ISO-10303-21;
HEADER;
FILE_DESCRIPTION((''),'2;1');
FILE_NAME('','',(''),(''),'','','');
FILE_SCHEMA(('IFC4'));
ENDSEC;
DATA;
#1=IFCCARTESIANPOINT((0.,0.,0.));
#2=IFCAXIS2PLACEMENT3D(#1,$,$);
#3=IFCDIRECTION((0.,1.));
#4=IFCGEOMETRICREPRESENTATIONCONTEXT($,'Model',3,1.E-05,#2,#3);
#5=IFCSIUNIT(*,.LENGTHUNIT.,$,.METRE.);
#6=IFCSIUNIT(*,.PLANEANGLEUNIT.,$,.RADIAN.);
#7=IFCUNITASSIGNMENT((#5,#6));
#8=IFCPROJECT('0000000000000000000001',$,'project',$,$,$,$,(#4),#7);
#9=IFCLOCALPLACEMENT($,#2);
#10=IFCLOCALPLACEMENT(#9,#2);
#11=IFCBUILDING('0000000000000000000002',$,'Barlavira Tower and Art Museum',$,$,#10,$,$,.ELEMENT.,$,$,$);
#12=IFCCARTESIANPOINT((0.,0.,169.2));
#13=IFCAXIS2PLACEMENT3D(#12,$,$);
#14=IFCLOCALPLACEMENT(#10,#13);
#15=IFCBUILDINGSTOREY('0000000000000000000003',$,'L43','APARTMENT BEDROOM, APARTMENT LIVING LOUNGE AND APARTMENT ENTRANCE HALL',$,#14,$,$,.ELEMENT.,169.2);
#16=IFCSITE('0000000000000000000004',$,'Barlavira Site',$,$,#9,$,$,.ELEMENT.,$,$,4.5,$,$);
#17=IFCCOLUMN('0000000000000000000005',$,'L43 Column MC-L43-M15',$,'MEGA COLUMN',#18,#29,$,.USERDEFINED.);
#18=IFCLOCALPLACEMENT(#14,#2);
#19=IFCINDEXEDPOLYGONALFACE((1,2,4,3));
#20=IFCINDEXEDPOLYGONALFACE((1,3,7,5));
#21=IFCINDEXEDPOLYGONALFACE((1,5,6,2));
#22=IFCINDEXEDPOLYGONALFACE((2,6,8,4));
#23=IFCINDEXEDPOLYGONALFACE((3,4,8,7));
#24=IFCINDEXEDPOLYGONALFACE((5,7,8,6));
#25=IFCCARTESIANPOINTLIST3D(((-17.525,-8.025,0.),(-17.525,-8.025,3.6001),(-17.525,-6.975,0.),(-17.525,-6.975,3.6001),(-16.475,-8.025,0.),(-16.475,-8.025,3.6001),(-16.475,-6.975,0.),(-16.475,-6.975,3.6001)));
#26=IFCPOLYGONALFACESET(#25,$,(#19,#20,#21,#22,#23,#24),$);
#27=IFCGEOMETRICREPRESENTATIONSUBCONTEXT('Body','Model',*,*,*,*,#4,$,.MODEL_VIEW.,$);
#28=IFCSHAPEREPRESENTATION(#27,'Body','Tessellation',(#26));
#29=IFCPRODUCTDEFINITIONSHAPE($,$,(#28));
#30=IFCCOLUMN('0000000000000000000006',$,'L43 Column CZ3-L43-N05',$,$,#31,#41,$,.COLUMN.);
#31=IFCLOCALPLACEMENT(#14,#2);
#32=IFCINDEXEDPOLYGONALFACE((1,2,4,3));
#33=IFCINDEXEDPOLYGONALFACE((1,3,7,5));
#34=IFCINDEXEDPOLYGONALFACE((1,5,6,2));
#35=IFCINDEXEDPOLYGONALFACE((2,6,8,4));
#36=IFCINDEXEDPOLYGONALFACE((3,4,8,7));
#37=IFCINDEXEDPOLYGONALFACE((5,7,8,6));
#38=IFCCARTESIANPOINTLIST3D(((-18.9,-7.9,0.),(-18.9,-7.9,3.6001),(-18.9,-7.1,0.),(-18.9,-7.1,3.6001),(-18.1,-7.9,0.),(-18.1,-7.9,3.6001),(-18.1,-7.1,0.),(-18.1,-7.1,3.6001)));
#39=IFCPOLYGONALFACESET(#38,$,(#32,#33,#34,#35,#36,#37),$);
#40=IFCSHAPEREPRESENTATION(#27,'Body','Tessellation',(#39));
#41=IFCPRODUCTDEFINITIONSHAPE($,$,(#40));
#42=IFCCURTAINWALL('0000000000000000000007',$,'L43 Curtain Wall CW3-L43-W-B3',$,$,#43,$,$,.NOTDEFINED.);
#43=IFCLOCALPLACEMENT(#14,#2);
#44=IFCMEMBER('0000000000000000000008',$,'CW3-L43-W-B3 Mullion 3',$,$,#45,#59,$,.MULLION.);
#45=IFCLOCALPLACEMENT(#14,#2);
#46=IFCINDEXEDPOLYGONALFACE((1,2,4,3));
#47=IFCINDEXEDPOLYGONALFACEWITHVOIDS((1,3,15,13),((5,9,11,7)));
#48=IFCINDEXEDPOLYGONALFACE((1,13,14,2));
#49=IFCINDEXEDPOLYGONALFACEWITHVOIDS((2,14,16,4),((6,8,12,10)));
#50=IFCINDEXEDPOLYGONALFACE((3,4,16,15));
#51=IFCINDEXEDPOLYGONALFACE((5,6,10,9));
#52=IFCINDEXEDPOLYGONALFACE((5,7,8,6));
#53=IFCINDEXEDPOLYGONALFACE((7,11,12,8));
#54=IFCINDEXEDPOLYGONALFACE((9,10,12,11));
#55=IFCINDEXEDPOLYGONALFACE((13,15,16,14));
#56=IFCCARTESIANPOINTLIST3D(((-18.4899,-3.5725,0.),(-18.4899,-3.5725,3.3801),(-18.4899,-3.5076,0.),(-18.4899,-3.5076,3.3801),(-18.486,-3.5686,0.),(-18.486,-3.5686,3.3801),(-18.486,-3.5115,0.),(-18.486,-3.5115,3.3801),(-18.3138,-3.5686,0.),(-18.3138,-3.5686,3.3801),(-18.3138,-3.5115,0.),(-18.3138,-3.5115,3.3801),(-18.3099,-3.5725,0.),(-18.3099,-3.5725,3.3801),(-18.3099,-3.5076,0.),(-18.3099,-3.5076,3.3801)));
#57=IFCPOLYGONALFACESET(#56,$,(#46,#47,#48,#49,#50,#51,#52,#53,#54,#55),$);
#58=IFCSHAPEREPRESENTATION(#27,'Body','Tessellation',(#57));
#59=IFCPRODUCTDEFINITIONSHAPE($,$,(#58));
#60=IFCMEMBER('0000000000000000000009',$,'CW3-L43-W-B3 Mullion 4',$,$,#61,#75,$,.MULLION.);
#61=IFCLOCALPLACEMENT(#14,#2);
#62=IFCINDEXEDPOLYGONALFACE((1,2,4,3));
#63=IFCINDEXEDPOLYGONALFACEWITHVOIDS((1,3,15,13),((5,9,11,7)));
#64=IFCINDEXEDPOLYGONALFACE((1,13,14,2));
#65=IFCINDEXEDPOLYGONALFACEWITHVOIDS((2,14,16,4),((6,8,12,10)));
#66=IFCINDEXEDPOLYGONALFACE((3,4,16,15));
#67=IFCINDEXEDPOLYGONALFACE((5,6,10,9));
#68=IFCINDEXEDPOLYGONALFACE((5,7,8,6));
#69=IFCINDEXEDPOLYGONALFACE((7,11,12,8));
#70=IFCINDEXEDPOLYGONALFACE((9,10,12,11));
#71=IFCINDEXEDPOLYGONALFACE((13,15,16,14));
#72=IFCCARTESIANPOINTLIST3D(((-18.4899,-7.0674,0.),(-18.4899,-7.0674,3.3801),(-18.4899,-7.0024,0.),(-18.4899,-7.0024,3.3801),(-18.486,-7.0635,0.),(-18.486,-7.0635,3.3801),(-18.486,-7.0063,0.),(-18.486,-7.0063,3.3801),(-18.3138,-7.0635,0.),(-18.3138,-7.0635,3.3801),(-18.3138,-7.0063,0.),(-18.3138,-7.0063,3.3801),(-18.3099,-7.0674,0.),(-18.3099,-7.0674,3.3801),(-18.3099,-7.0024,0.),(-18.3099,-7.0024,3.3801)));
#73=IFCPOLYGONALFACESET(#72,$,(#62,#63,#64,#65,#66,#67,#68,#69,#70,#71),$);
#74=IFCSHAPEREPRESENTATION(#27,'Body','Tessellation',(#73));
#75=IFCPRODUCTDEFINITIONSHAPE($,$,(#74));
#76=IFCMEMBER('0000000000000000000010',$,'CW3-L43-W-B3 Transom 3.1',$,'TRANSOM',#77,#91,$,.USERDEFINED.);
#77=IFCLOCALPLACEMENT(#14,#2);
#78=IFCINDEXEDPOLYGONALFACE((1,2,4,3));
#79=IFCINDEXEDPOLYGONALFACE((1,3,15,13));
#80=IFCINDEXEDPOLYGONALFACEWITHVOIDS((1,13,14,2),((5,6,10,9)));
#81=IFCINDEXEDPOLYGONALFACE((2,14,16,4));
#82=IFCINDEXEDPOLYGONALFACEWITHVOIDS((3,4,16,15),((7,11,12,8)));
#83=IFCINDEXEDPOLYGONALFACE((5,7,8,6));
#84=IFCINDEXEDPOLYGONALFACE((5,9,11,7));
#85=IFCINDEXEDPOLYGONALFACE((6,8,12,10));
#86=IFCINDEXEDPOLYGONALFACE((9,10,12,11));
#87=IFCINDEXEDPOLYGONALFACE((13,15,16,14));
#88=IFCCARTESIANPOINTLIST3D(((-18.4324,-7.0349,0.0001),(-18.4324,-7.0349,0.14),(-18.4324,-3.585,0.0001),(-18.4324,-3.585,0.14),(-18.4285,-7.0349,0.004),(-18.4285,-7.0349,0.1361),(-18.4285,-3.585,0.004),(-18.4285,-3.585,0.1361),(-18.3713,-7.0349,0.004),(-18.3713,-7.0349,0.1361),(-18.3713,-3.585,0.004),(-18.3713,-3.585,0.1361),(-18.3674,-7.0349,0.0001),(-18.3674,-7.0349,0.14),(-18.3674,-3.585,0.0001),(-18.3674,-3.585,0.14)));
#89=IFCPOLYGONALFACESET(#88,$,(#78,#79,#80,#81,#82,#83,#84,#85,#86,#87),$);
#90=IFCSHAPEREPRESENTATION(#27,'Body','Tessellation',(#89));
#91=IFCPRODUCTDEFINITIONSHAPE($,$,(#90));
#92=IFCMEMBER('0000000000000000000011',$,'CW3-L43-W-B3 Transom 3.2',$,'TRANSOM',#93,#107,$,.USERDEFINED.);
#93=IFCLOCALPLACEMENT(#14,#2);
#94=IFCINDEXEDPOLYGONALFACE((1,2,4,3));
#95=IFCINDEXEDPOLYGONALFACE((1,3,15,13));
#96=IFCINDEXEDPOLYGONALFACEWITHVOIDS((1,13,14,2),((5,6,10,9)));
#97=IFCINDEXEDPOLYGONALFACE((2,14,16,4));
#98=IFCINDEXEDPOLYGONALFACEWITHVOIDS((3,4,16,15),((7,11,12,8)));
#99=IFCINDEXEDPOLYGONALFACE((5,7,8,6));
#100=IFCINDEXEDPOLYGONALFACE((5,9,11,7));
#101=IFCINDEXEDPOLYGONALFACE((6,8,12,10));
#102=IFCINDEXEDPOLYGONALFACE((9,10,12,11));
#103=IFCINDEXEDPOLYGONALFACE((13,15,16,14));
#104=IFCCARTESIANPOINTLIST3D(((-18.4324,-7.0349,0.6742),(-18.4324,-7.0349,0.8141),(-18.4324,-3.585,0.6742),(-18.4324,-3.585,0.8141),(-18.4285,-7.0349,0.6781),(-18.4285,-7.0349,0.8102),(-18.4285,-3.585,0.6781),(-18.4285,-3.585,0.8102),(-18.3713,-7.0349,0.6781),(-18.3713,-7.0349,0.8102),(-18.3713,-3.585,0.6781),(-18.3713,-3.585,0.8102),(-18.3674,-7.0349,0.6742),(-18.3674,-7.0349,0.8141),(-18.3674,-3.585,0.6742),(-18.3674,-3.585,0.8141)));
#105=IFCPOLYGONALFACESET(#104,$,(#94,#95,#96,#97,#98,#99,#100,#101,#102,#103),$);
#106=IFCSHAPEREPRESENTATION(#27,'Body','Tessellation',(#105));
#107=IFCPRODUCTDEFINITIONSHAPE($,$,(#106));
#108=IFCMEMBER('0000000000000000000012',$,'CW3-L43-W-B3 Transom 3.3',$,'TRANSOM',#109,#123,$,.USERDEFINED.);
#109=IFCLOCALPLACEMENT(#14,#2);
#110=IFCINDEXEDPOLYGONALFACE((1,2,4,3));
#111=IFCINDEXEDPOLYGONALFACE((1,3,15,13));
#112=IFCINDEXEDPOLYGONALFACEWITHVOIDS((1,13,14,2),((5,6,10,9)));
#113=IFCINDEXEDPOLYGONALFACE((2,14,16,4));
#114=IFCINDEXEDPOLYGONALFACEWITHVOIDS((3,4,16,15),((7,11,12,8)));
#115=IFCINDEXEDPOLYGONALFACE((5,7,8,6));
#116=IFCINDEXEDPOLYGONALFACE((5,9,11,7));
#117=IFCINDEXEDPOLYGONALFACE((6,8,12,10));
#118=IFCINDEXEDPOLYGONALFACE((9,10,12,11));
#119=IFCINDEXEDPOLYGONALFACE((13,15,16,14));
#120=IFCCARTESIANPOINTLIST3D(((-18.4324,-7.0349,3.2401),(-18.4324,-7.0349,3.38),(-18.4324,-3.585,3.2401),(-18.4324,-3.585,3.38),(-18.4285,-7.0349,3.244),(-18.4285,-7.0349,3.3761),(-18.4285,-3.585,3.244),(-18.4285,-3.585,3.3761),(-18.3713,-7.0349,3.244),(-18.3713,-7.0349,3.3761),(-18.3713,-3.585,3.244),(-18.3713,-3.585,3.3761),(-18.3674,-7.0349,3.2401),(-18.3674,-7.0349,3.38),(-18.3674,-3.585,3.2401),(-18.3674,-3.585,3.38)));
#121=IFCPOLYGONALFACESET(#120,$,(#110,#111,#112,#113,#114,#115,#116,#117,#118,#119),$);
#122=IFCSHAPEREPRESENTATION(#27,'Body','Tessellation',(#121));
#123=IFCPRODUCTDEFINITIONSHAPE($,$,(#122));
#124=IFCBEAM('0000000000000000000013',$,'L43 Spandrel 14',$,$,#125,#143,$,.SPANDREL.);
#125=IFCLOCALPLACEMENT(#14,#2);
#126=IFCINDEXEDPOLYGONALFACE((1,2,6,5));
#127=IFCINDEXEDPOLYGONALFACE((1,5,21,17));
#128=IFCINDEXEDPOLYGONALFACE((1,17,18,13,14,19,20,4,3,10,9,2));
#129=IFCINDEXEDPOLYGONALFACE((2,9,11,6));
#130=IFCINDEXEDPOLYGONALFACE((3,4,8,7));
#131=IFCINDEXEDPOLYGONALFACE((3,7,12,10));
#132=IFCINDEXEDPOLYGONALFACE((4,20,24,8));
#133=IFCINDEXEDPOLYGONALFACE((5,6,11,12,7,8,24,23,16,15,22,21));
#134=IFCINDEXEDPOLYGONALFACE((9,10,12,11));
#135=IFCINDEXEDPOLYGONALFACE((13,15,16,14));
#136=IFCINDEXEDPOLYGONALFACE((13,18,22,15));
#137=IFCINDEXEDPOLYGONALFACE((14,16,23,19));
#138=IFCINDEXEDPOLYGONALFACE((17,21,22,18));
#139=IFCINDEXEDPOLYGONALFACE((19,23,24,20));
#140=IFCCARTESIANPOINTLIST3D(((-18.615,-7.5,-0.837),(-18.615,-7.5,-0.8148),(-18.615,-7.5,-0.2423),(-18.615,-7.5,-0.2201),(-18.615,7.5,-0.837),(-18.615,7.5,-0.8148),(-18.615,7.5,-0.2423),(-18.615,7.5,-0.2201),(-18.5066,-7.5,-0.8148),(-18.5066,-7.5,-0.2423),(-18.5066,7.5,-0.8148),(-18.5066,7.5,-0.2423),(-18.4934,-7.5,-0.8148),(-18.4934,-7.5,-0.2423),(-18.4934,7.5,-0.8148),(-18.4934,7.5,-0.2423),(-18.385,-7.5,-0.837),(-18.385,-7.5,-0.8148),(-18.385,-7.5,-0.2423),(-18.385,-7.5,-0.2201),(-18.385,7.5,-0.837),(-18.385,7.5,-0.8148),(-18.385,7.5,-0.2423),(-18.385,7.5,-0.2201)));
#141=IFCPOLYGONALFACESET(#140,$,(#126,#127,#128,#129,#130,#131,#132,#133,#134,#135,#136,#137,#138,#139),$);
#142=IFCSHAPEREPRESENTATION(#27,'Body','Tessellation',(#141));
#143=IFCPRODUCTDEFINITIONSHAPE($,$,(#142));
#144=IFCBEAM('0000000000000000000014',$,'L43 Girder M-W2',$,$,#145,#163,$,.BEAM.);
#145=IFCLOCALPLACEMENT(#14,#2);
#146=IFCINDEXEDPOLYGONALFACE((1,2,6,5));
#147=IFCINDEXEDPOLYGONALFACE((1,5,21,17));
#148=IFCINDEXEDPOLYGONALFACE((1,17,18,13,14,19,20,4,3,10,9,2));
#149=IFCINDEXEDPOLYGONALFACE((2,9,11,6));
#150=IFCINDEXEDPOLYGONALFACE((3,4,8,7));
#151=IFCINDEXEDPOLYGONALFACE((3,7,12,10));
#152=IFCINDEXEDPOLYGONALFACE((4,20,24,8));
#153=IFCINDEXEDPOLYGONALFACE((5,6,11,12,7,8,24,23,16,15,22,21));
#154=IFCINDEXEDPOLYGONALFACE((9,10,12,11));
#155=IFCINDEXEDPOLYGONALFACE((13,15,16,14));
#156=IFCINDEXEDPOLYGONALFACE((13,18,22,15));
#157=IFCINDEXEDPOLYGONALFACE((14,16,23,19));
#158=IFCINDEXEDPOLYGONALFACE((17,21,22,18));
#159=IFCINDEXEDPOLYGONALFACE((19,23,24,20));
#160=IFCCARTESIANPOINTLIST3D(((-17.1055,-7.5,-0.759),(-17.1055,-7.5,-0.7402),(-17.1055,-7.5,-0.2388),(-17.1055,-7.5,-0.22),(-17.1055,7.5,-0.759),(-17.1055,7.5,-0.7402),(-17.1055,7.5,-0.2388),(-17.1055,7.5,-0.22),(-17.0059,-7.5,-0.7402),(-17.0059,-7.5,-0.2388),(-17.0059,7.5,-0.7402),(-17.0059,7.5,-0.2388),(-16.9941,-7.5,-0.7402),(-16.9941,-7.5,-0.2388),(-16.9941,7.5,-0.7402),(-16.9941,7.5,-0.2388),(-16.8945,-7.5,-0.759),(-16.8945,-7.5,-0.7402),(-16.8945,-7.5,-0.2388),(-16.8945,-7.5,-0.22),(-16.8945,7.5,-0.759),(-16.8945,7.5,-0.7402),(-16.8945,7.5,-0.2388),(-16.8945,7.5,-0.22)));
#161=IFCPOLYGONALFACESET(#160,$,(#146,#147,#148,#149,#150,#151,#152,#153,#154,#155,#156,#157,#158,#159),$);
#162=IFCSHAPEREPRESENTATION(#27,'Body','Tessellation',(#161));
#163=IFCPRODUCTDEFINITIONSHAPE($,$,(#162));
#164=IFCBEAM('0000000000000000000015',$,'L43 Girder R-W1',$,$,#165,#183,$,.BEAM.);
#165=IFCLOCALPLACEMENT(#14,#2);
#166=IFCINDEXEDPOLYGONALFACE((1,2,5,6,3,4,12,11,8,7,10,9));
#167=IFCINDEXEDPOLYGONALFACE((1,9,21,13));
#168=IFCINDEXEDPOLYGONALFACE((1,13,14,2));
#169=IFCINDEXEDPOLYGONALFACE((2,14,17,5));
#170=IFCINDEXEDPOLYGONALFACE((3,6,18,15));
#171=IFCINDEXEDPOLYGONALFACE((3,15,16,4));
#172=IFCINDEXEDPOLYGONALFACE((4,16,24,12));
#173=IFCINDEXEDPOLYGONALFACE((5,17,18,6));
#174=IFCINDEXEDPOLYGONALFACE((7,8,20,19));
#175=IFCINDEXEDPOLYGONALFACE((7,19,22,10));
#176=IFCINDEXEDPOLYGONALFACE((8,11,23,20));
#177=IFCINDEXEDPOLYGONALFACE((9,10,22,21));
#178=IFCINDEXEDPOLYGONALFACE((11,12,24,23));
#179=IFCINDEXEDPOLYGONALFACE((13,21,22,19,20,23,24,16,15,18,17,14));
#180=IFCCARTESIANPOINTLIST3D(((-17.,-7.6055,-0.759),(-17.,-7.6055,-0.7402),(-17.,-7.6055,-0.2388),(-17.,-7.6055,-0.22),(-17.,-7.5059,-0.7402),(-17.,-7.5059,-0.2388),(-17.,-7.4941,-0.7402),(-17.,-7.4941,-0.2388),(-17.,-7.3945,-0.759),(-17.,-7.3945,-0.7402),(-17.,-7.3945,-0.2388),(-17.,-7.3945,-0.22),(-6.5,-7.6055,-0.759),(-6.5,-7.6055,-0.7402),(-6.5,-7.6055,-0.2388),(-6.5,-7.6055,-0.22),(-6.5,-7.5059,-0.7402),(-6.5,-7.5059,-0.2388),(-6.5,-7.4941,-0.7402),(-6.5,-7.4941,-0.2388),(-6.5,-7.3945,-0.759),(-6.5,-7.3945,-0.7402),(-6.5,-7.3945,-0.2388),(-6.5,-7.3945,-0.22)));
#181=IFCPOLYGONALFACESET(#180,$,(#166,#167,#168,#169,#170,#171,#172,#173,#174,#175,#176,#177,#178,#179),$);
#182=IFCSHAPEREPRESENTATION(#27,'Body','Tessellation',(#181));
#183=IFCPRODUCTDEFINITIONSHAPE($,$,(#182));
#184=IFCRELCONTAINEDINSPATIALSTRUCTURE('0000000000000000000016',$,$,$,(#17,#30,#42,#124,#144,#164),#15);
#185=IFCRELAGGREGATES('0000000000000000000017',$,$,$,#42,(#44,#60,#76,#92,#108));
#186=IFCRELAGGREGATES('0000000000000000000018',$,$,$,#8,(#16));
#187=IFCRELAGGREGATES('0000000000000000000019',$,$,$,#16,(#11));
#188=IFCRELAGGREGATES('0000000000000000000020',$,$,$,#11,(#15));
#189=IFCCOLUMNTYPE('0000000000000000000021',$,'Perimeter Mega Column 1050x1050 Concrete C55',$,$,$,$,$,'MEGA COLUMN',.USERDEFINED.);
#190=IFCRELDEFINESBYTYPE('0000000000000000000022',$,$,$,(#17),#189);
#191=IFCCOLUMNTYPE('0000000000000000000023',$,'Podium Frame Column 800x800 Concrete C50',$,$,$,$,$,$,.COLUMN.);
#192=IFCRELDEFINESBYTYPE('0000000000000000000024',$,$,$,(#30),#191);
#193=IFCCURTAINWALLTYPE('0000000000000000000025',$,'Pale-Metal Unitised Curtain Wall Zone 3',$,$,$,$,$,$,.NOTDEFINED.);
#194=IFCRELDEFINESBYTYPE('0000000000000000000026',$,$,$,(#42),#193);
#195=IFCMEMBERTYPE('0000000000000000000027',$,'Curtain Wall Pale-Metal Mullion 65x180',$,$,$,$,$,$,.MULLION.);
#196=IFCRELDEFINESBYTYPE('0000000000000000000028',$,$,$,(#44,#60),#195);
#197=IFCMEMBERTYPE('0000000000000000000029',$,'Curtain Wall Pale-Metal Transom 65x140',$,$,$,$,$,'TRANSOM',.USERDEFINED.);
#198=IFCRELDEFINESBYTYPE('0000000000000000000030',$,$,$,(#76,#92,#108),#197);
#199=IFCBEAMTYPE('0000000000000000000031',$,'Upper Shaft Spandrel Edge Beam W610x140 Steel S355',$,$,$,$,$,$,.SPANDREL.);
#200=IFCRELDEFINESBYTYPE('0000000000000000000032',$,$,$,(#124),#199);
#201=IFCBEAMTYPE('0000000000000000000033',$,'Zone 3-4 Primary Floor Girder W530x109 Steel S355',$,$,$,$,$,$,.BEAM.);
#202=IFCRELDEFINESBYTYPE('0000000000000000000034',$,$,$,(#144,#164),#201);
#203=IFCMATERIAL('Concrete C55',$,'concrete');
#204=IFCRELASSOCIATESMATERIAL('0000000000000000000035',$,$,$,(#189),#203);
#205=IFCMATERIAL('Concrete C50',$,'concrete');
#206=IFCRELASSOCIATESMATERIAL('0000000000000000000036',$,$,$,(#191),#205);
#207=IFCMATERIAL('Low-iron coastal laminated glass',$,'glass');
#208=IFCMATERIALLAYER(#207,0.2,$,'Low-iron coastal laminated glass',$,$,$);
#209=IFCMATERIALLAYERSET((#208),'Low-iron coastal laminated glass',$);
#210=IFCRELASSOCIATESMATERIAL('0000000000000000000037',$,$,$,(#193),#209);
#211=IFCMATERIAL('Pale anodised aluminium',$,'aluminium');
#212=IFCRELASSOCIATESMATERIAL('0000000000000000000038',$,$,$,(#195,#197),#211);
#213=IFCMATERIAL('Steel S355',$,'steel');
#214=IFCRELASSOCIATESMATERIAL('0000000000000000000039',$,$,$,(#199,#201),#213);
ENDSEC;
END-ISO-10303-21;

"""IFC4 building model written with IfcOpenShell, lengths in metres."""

from ifc_helpers import new_model, si_unit, direction, frame, origin, origin_2d, place, context, subcontext, project, spatial, rectangle, hollow_rectangle, i_section, extrude, material, layer, layer_set, material_profile, profile_set, type_object, element, aggregate, save


model = new_model("IFC4")

# Units and contexts
model_context = context("Model", 3, precision=1e-05, world=origin(), true_north=direction((0.0, 1.0)))
body_context = subcontext(model_context, "Body", "Model", "MODEL_VIEW")
ifc_project = project(units=[si_unit("LENGTHUNIT", "METRE"), si_unit("PLANEANGLEUNIT", "RADIAN")], contexts=[model_context])

# Site, building, storey
site_placement = place(None, origin())
site = spatial("IfcSite", under=ifc_project, at=site_placement, Name="Barlavira Site", CompositionType="ELEMENT", RefElevation=4.5)
building_placement = place(site_placement, origin())
building = spatial("IfcBuilding", under=site, at=building_placement, Name="Barlavira Tower and Art Museum", CompositionType="ELEMENT")
storey_placement = place(building_placement, frame((0.0, 0.0, 169.2)))
storey = spatial("IfcBuildingStorey", under=building, at=storey_placement, Name="L43", Description="APARTMENT BEDROOM, APARTMENT LIVING LOUNGE AND APARTMENT ENTRANCE HALL", CompositionType="ELEMENT", Elevation=169.2)

# Columns
ifc_material_1 = material(Name="Concrete C55", Category="concrete")
ifc_material_profile_1 = material_profile(ifc_material_1, rectangle(XDim=1.05, YDim=1.05, at=origin_2d()), Name="RC-COL 1050x1050")
ifc_profile_set_1 = profile_set([ifc_material_profile_1], Name="Concrete C55")
column_type_1 = type_object("IfcColumnType", Name="Perimeter Mega Column 1050x1050 Concrete C55", ElementType="MEGA COLUMN", PredefinedType="USERDEFINED", material=ifc_profile_set_1)
column_1_placement = place(storey_placement, frame((-17.0, -7.5, 0.0), z_axis=(0.0, 0.0, 1.0), x_axis=(1.0, 0.0, 0.0)))
element("IfcColumn", 1, at=column_1_placement, inside=storey, type_object=column_type_1, Name="L43 Column MC-L43-M15", ObjectType="MEGA COLUMN", PredefinedType="USERDEFINED", context=body_context, shape_type="SweptSolid", body=[
    extrude(rectangle(XDim=1.05, YDim=1.05, at=origin_2d()), origin(), (0.0, 0.0, 1.0), 3.6001),
])
ifc_material_2 = material(Name="Concrete C50", Category="concrete")
ifc_material_profile_2 = material_profile(ifc_material_2, rectangle(XDim=0.8, YDim=0.8, at=origin_2d()), Name="RC-COL 800x800")
ifc_profile_set_2 = profile_set([ifc_material_profile_2], Name="Concrete C50")
column_type_2 = type_object("IfcColumnType", Name="Podium Frame Column 800x800 Concrete C50", PredefinedType="COLUMN", material=ifc_profile_set_2)
column_2_placement = place(storey_placement, frame((-18.5, -7.5, 0.0), z_axis=(0.0, 0.0, 1.0), x_axis=(1.0, 0.0, 0.0)))
element("IfcColumn", 2, at=column_2_placement, inside=storey, type_object=column_type_2, Name="L43 Column CZ3-L43-N05", PredefinedType="COLUMN", context=body_context, shape_type="SweptSolid", body=[
    extrude(rectangle(XDim=0.8, YDim=0.8, at=origin_2d()), origin(), (0.0, 0.0, 1.0), 3.6001),
])

# Curtain wall, members
ifc_material_3 = material(Name="Low-iron coastal laminated glass", Category="glass")
ifc_layer_1 = layer(ifc_material_3, 0.2, Name="Low-iron coastal laminated glass")
ifc_layer_set_1 = layer_set([ifc_layer_1], Name="Low-iron coastal laminated glass")
curtain_wall_type = type_object("IfcCurtainWallType", Name="Pale-Metal Unitised Curtain Wall Zone 3", PredefinedType="NOTDEFINED", material=ifc_layer_set_1)
curtain_wall_placement = place(storey_placement, origin())
curtain_wall = element("IfcCurtainWall", 3, at=curtain_wall_placement, inside=storey, type_object=curtain_wall_type, Name="L43 Curtain Wall CW3-L43-W-B3", PredefinedType="NOTDEFINED")
ifc_material_4 = material(Name="Pale anodised aluminium", Category="aluminium")
ifc_material_profile_3 = material_profile(ifc_material_4, hollow_rectangle(XDim=0.0649, YDim=0.1799, WallThickness=0.0039, at=origin_2d()), Name="ALU-MULL 65x180x4")
ifc_profile_set_3 = profile_set([ifc_material_profile_3], Name="Pale anodised aluminium")
member_type_1 = type_object("IfcMemberType", Name="Curtain Wall Pale-Metal Mullion 65x180", PredefinedType="MULLION", material=ifc_profile_set_3)
member_1_placement = place(storey_placement, frame((-18.3999, -3.54, 0.0), z_axis=(0.0, 0.0, 1.0), x_axis=(0.0, -1.0, 0.0)))
member_1 = element("IfcMember", 4, at=member_1_placement, type_object=member_type_1, Name="CW3-L43-W-B3 Mullion 3", PredefinedType="MULLION", context=body_context, shape_type="SweptSolid", body=[
    extrude(hollow_rectangle(XDim=0.0649, YDim=0.1799, WallThickness=0.0039, at=origin_2d()), origin(), (0.0, 0.0, 1.0), 3.3801),
])
member_2_placement = place(storey_placement, frame((-18.3999, -7.0349, 0.0), z_axis=(0.0, 0.0, 1.0), x_axis=(0.0, -1.0, 0.0)))
member_2 = element("IfcMember", 5, at=member_2_placement, type_object=member_type_1, Name="CW3-L43-W-B3 Mullion 4", PredefinedType="MULLION", context=body_context, shape_type="SweptSolid", body=[
    extrude(hollow_rectangle(XDim=0.0649, YDim=0.1799, WallThickness=0.0039, at=origin_2d()), origin(), (0.0, 0.0, 1.0), 3.3801),
])
ifc_material_profile_4 = material_profile(ifc_material_4, hollow_rectangle(XDim=0.0649, YDim=0.1399, WallThickness=0.0039, at=origin_2d()), Name="ALU-TRAN 65x140x4")
ifc_profile_set_4 = profile_set([ifc_material_profile_4], Name="Pale anodised aluminium")
member_type_2 = type_object("IfcMemberType", Name="Curtain Wall Pale-Metal Transom 65x140", ElementType="TRANSOM", PredefinedType="USERDEFINED", material=ifc_profile_set_4)
member_3_placement = place(storey_placement, frame((-18.3999, -3.585, 0.0701), z_axis=(0.0, -1.0, 0.0), x_axis=(1.0, 0.0, 0.0)))
member_3 = element("IfcMember", 6, at=member_3_placement, type_object=member_type_2, Name="CW3-L43-W-B3 Transom 3.1", ObjectType="TRANSOM", PredefinedType="USERDEFINED", context=body_context, shape_type="SweptSolid", body=[
    extrude(hollow_rectangle(XDim=0.0649, YDim=0.1399, WallThickness=0.0039, at=origin_2d()), origin(), (0.0, 0.0, 1.0), 3.45),
])
member_4_placement = place(storey_placement, frame((-18.3999, -3.585, 0.7441), z_axis=(0.0, -1.0, 0.0), x_axis=(1.0, 0.0, 0.0)))
member_4 = element("IfcMember", 7, at=member_4_placement, type_object=member_type_2, Name="CW3-L43-W-B3 Transom 3.2", ObjectType="TRANSOM", PredefinedType="USERDEFINED", context=body_context, shape_type="SweptSolid", body=[
    extrude(hollow_rectangle(XDim=0.0649, YDim=0.1399, WallThickness=0.0039, at=origin_2d()), origin(), (0.0, 0.0, 1.0), 3.45),
])
member_5_placement = place(storey_placement, frame((-18.3999, -3.585, 3.3101), z_axis=(0.0, -1.0, 0.0), x_axis=(1.0, 0.0, 0.0)))
member_5 = element("IfcMember", 8, at=member_5_placement, type_object=member_type_2, Name="CW3-L43-W-B3 Transom 3.3", ObjectType="TRANSOM", PredefinedType="USERDEFINED", context=body_context, shape_type="SweptSolid", body=[
    extrude(hollow_rectangle(XDim=0.0649, YDim=0.1399, WallThickness=0.0039, at=origin_2d()), origin(), (0.0, 0.0, 1.0), 3.45),
])

# Beams
ifc_material_5 = material(Name="Steel S355", Category="steel")
ifc_material_profile_5 = material_profile(ifc_material_5, i_section(OverallWidth=0.23, OverallDepth=0.6169, WebThickness=0.0132, FlangeThickness=0.0222, at=origin_2d()), Name="W610x140.0")
ifc_profile_set_5 = profile_set([ifc_material_profile_5], Name="Steel S355")
beam_type_1 = type_object("IfcBeamType", Name="Upper Shaft Spandrel Edge Beam W610x140 Steel S355", PredefinedType="SPANDREL", material=ifc_profile_set_5)
beam_1_placement = place(storey_placement, frame((-18.5, -7.5, -0.5286), z_axis=(0.0, 1.0, 0.0), x_axis=(-1.0, 0.0, 0.0)))
element("IfcBeam", 9, at=beam_1_placement, inside=storey, type_object=beam_type_1, Name="L43 Spandrel 14", PredefinedType="SPANDREL", context=body_context, shape_type="SweptSolid", body=[
    extrude(i_section(OverallWidth=0.23, OverallDepth=0.6169, WebThickness=0.0132, FlangeThickness=0.0222, at=origin_2d()), origin(), (0.0, 0.0, 1.0), 15.0),
])
ifc_material_profile_6 = material_profile(ifc_material_5, i_section(OverallWidth=0.2109, OverallDepth=0.5391, WebThickness=0.0117, FlangeThickness=0.0188, at=origin_2d()), Name="W530x109.0")
ifc_profile_set_6 = profile_set([ifc_material_profile_6], Name="Steel S355")
beam_type_2 = type_object("IfcBeamType", Name="Zone 3-4 Primary Floor Girder W530x109 Steel S355", PredefinedType="BEAM", material=ifc_profile_set_6)
beam_2_placement = place(storey_placement, frame((-17.0, -7.5, -0.4895), z_axis=(0.0, 1.0, 0.0), x_axis=(-1.0, 0.0, 0.0)))
element("IfcBeam", 10, at=beam_2_placement, inside=storey, type_object=beam_type_2, Name="L43 Girder M-W2", PredefinedType="BEAM", context=body_context, shape_type="SweptSolid", body=[
    extrude(i_section(OverallWidth=0.2109, OverallDepth=0.5391, WebThickness=0.0117, FlangeThickness=0.0188, at=origin_2d()), origin(), (0.0, 0.0, 1.0), 15.0),
])
beam_3_placement = place(storey_placement, frame((-17.0, -7.5, -0.4895), z_axis=(1.0, 0.0, 0.0), x_axis=(0.0, 1.0, 0.0)))
element("IfcBeam", 11, at=beam_3_placement, inside=storey, type_object=beam_type_2, Name="L43 Girder R-W1", PredefinedType="BEAM", context=body_context, shape_type="SweptSolid", body=[
    extrude(i_section(OverallWidth=0.2109, OverallDepth=0.5391, WebThickness=0.0117, FlangeThickness=0.0188, at=origin_2d()), origin(), (0.0, 0.0, 1.0), 10.5),
])

aggregate(curtain_wall, [member_1, member_2, member_3, member_4, member_5])

save(model, "model.ifc")
